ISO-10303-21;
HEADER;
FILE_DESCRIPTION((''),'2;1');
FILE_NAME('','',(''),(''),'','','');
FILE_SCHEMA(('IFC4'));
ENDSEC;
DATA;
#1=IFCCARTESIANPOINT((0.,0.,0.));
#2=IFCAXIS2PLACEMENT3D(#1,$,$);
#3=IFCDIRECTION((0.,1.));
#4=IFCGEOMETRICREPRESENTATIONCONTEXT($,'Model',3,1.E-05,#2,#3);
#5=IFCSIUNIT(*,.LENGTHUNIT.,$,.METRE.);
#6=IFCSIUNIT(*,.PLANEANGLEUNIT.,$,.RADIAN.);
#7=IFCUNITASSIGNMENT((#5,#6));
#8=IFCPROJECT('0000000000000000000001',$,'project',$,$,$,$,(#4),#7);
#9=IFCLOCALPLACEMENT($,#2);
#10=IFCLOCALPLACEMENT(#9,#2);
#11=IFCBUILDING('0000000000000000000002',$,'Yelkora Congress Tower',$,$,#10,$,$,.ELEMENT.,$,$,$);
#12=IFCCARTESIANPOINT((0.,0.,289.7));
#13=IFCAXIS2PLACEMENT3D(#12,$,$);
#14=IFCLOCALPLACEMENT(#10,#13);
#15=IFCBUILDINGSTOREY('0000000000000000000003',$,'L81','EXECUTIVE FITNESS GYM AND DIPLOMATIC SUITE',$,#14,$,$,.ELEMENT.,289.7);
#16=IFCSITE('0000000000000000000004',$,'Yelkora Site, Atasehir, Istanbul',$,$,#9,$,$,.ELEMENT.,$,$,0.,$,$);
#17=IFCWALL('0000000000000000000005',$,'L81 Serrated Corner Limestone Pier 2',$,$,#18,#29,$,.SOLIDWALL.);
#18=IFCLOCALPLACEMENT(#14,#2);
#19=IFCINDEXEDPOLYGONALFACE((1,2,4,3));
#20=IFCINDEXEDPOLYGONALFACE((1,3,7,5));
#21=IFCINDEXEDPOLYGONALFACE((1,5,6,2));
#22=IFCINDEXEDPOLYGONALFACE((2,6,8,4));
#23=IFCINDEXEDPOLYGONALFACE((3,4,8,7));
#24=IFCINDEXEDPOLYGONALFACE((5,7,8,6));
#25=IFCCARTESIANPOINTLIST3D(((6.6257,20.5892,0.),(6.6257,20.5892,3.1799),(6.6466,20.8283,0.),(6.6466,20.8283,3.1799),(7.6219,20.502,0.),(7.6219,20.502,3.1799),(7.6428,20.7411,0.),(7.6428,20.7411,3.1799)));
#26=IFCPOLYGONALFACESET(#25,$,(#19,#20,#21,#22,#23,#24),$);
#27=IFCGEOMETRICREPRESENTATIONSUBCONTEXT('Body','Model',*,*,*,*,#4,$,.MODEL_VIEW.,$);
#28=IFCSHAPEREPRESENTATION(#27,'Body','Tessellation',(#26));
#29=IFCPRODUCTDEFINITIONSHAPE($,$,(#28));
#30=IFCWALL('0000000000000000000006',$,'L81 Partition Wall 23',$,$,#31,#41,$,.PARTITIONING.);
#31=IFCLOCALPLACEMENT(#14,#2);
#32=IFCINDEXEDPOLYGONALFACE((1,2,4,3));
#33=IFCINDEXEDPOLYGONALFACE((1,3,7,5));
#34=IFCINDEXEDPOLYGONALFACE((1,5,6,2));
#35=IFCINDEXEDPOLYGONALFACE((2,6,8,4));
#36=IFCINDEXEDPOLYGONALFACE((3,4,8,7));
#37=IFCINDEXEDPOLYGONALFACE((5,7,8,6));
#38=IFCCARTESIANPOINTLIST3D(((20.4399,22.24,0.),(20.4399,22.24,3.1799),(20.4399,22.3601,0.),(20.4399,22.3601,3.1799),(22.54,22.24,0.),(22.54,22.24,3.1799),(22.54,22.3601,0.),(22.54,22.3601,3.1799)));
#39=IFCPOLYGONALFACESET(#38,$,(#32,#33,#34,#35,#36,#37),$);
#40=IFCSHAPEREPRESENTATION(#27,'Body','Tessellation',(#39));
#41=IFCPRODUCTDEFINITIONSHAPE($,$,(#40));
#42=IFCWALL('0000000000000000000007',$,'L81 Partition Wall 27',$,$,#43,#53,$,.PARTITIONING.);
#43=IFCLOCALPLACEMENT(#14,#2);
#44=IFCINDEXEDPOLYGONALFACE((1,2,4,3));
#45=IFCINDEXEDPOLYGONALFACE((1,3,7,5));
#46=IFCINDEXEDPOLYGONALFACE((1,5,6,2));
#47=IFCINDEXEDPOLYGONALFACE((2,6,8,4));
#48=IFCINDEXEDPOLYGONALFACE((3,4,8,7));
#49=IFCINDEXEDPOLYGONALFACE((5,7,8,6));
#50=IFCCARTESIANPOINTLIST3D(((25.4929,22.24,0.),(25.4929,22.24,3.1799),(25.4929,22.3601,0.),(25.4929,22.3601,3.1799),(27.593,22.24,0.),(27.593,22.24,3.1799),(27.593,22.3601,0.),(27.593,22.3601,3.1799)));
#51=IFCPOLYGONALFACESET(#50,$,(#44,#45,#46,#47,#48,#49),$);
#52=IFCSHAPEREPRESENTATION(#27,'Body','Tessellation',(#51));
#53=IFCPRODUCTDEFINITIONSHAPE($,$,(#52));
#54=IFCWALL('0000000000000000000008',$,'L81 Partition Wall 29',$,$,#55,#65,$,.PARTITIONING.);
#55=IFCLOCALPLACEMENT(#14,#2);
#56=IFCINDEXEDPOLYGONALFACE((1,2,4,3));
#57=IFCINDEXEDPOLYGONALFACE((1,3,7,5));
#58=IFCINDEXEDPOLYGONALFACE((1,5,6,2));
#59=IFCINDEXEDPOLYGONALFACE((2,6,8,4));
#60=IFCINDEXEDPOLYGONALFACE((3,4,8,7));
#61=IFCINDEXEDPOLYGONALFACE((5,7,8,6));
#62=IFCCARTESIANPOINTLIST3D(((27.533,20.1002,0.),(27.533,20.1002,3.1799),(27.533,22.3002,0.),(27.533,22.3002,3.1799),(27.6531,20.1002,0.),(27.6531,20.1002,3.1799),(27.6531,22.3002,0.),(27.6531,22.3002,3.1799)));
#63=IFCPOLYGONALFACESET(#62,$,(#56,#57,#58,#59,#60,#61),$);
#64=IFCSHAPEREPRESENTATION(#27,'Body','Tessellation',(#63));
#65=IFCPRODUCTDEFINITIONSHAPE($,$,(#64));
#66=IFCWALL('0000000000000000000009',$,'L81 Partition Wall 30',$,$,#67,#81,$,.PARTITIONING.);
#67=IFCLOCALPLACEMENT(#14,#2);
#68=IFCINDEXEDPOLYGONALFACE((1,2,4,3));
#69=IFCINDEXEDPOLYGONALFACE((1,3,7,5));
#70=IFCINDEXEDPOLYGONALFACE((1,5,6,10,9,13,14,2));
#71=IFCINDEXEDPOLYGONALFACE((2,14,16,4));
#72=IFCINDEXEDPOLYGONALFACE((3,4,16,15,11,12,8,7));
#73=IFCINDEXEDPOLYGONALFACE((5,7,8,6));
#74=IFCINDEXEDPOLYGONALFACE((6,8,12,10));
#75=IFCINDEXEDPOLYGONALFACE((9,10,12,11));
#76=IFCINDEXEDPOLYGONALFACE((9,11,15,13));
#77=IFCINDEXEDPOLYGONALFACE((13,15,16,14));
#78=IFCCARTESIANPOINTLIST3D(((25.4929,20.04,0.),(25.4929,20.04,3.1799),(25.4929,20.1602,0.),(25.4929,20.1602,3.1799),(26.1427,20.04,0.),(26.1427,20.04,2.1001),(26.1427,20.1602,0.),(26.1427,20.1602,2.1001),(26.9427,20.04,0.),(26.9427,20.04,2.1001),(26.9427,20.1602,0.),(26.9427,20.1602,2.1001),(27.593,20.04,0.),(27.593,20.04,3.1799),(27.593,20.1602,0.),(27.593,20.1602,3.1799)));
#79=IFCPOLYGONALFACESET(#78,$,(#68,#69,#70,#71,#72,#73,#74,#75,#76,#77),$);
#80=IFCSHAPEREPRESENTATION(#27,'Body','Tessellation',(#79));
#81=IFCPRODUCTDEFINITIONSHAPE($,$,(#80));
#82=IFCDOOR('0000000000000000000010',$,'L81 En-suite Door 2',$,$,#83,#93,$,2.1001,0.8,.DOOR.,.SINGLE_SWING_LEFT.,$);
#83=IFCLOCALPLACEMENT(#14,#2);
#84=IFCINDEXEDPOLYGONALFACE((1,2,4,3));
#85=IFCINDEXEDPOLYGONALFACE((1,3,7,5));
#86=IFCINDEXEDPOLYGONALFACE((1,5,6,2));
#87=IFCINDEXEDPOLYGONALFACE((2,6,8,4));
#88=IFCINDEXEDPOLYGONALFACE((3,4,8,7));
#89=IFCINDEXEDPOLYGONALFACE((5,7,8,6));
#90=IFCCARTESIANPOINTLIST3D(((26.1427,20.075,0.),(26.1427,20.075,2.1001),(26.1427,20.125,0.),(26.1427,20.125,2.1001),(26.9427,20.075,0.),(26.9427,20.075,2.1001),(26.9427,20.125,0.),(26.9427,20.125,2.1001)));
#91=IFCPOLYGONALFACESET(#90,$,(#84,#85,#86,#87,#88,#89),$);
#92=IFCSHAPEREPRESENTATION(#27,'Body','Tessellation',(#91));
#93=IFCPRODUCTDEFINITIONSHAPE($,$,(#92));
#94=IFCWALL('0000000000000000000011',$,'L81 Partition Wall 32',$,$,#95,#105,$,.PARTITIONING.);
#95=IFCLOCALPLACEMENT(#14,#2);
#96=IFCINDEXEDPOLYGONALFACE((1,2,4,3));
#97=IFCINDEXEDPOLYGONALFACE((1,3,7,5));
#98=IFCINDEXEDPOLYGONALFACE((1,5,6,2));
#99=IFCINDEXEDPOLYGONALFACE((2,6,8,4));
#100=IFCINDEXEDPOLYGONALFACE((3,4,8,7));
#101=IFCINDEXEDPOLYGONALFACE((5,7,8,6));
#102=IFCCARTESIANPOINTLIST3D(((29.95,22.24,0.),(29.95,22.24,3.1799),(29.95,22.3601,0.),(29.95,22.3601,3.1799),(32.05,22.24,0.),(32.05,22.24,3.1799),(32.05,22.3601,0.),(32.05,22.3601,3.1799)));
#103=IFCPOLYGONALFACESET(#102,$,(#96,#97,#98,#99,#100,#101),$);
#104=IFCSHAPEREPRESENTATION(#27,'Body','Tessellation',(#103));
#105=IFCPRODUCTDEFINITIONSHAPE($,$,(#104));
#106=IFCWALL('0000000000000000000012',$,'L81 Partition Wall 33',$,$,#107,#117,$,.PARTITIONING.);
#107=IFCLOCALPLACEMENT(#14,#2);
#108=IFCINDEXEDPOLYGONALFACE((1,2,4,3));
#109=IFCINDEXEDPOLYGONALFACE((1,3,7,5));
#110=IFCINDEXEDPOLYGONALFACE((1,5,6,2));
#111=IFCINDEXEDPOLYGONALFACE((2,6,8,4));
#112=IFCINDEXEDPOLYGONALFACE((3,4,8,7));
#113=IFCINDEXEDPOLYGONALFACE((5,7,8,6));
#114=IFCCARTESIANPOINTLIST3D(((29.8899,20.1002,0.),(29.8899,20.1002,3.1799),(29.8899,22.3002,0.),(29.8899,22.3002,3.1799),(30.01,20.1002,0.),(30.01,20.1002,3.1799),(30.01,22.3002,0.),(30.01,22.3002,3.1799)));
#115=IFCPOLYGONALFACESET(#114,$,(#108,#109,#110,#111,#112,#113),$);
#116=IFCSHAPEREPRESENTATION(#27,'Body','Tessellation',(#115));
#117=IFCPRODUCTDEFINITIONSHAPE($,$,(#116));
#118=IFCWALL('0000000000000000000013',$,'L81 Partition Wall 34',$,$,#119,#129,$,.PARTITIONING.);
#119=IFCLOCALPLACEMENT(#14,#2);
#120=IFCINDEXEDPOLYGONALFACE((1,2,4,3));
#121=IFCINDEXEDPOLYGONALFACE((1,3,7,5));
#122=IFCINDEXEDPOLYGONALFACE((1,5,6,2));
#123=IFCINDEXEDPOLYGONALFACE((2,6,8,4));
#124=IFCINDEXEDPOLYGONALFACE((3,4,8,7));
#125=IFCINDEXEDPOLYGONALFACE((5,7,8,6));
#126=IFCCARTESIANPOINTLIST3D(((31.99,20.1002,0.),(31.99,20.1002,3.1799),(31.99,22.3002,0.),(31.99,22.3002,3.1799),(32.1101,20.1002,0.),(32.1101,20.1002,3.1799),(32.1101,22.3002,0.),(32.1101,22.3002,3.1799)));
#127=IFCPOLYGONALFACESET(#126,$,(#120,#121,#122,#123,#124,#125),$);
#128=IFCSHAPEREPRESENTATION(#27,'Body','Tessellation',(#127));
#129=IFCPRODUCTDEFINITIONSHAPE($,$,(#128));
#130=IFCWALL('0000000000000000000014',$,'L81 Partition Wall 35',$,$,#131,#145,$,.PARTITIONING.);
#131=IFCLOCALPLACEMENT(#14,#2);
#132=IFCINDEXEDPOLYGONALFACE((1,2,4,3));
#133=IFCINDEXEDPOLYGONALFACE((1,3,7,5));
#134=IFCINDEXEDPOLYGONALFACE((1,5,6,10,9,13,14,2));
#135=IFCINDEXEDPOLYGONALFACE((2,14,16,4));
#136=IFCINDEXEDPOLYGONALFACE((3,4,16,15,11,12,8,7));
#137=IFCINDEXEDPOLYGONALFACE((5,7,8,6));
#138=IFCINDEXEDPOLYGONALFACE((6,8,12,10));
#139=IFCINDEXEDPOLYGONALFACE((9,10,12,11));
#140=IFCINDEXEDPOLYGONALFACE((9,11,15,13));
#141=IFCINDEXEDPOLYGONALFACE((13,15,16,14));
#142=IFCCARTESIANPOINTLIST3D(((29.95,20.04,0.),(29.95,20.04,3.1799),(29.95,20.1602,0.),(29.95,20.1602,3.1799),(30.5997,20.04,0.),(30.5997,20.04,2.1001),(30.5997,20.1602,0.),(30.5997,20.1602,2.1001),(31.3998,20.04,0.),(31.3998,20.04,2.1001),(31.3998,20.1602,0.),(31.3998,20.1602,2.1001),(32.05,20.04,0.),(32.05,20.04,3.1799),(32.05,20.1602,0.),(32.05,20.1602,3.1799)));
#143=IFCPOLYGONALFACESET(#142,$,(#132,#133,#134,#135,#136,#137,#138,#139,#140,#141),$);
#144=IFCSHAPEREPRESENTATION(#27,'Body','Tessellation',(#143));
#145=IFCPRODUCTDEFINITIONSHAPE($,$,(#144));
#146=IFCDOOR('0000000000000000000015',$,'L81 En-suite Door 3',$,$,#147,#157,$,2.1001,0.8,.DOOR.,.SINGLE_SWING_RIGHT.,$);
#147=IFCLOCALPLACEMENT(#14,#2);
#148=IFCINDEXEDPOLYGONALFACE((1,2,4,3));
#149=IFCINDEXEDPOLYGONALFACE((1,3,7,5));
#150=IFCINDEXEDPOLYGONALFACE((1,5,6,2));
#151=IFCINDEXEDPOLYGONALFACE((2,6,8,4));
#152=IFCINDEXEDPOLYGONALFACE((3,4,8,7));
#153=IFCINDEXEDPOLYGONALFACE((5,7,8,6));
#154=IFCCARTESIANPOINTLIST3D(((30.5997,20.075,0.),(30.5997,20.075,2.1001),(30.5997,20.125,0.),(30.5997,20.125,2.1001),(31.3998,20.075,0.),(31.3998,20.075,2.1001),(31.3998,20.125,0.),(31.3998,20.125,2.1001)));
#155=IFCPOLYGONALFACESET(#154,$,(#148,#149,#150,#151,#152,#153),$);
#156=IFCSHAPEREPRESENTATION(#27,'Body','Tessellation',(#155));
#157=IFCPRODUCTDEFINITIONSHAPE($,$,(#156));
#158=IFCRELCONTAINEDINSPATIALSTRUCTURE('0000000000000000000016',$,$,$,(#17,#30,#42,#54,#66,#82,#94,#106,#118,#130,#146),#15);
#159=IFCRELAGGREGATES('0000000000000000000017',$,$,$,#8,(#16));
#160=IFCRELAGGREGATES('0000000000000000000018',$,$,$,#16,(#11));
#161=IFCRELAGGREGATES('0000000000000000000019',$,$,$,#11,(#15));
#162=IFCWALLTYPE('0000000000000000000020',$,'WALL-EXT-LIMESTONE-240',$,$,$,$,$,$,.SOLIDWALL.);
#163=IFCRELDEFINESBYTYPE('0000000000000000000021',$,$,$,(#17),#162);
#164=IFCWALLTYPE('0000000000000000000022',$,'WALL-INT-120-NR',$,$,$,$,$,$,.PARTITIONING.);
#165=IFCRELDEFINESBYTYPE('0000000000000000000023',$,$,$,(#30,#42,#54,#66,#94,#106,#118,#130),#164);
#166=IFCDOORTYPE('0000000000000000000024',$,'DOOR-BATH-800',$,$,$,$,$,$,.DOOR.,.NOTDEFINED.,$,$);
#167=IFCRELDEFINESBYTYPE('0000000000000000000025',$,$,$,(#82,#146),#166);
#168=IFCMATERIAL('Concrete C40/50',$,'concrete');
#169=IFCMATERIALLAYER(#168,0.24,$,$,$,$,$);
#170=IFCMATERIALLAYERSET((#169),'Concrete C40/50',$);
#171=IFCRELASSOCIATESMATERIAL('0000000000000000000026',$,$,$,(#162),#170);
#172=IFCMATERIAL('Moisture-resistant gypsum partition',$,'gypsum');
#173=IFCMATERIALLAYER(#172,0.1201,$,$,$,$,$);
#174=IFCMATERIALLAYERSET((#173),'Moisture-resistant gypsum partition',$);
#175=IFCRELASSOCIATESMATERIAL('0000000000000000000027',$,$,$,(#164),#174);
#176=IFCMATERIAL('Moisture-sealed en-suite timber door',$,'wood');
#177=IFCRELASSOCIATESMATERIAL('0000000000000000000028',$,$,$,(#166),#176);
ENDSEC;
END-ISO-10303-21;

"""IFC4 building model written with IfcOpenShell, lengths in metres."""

from ifc_helpers import new_model, si_unit, direction, frame, frame_2d, origin, place, context, subcontext, project, spatial, rectangle, extrude, material, layer, layer_set, type_object, element, fill, save


model = new_model("IFC4")

# Units and contexts
model_context = context("Model", 3, precision=1e-05, world=origin(), true_north=direction((0.0, 1.0)))
body_context = subcontext(model_context, "Body", "Model", "MODEL_VIEW")
ifc_project = project(units=[si_unit("LENGTHUNIT", "METRE"), si_unit("PLANEANGLEUNIT", "RADIAN")], contexts=[model_context])

# Site, building, storey
site_placement = place(None, origin())
site = spatial("IfcSite", under=ifc_project, at=site_placement, Name="Yelkora Site, Atasehir, Istanbul", CompositionType="ELEMENT", RefElevation=0.0)
building_placement = place(site_placement, origin())
building = spatial("IfcBuilding", under=site, at=building_placement, Name="Yelkora Congress Tower", CompositionType="ELEMENT")
storey_placement = place(building_placement, frame((0.0, 0.0, 289.7)))
storey = spatial("IfcBuildingStorey", under=building, at=storey_placement, Name="L81", Description="EXECUTIVE FITNESS GYM AND DIPLOMATIC SUITE", CompositionType="ELEMENT", Elevation=289.7)

# Walls
ifc_material_1 = material(Name="Concrete C40/50", Category="concrete")
ifc_layer_1 = layer(ifc_material_1, 0.24)
ifc_layer_set_1 = layer_set([ifc_layer_1], Name="Concrete C40/50")
wall_type_1 = type_object("IfcWallType", Name="WALL-EXT-LIMESTONE-240", PredefinedType="SOLIDWALL", material=ifc_layer_set_1)
wall_1_placement = place(storey_placement, frame((7.6323, 20.6216, 0.0), z_axis=(0.0, 0.0, 1.0), x_axis=(-0.996194, 0.087167, 0.0)))
element("IfcWall", 1, at=wall_1_placement, inside=storey, type_object=wall_type_1, Name="L81 Serrated Corner Limestone Pier 2", PredefinedType="SOLIDWALL", context=body_context, shape_type="SweptSolid", body=[
    extrude(rectangle(XDim=1.0, YDim=0.24, at=frame_2d((0.5, 0.0))), origin(), (0.0, 0.0, 1.0), 3.1799),
])
ifc_material_2 = material(Name="Moisture-resistant gypsum partition", Category="gypsum")
ifc_layer_2 = layer(ifc_material_2, 0.1201)
ifc_layer_set_2 = layer_set([ifc_layer_2], Name="Moisture-resistant gypsum partition")
wall_type_2 = type_object("IfcWallType", Name="WALL-INT-120-NR", PredefinedType="PARTITIONING", material=ifc_layer_set_2)
for number, where, z_axis, x_axis, name in (
    (2, (20.4399, 22.3, 0.0), (0.0, 0.0, 1.0), (1.0, 0.0, 0.0), "L81 Partition Wall 23"),
    (3, (25.4929, 22.3, 0.0), (0.0, 0.0, 1.0), (1.0, 0.0, 0.0), "L81 Partition Wall 27"),
):
    element("IfcWall", number, at=place(storey_placement, frame(where, z_axis=z_axis, x_axis=x_axis)), inside=storey, type_object=wall_type_2, Name=name, PredefinedType="PARTITIONING", context=body_context, shape_type="SweptSolid", body=[
        extrude(rectangle(XDim=2.1001, YDim=0.1201, at=frame_2d((1.05, 0.0))), origin(), (0.0, 0.0, 1.0), 3.1799),
    ])
wall_2_placement = place(storey_placement, frame((27.593, 20.1001, 0.0), z_axis=(0.0, 0.0, 1.0), x_axis=(0.0, 1.0, 0.0)))
element("IfcWall", 4, at=wall_2_placement, inside=storey, type_object=wall_type_2, Name="L81 Partition Wall 29", PredefinedType="PARTITIONING", context=body_context, shape_type="SweptSolid", body=[
    extrude(rectangle(XDim=2.2, YDim=0.1201, at=frame_2d((1.1001, 0.0))), origin(), (0.0, 0.0, 1.0), 3.1799),
])

# Wall, opening, door
wall_3_placement = place(storey_placement, frame((25.4929, 20.1001, 0.0), z_axis=(0.0, 0.0, 1.0), x_axis=(1.0, 0.0, 0.0)))
wall_3 = element("IfcWall", 5, at=wall_3_placement, inside=storey, type_object=wall_type_2, Name="L81 Partition Wall 30", PredefinedType="PARTITIONING", context=body_context, shape_type="SweptSolid", body=[
    extrude(rectangle(XDim=2.1001, YDim=0.1201, at=frame_2d((1.05, 0.0))), origin(), (0.0, 0.0, 1.0), 3.1799),
])
opening_1_placement = place(wall_3_placement, frame((0.6499, 0.0, 0.0)))
opening_1 = element("IfcOpeningElement", 6, at=opening_1_placement, cuts=wall_3, PredefinedType="OPENING", context=body_context, shape_type="SweptSolid", body=[
    extrude(rectangle(XDim=0.8, YDim=2.1001, at=frame_2d((0.3999, 1.05))), frame((0.0, 0.0701, 0.0), z_axis=(0.0, -1.0, 0.0), x_axis=(1.0, 0.0, 0.0)), (0.0, 0.0, 1.0), 0.1401),
])
ifc_material_3 = material(Name="Moisture-sealed en-suite timber door", Category="wood")
door_type_1 = type_object("IfcDoorType", Name="DOOR-BATH-800", OperationType="NOTDEFINED", PredefinedType="DOOR", material=ifc_material_3)
door_1_placement = place(opening_1_placement, origin())
door_1 = element("IfcDoor", 7, at=door_1_placement, inside=storey, type_object=door_type_1, Name="L81 En-suite Door 2", OperationType="SINGLE_SWING_LEFT", OverallHeight=2.1001, OverallWidth=0.8, PredefinedType="DOOR", context=body_context, shape_type="SweptSolid", body=[
    extrude(rectangle(XDim=0.8, YDim=2.1001, at=frame_2d((0.3999, 1.05))), frame((0.0, 0.0249, 0.0), z_axis=(0.0, -1.0, 0.0), x_axis=(1.0, 0.0, 0.0)), (0.0, 0.0, 1.0), 0.05),
])
fill(opening_1, door_1)

# Walls
wall_4_placement = place(storey_placement, frame((29.95, 22.3, 0.0), z_axis=(0.0, 0.0, 1.0), x_axis=(1.0, 0.0, 0.0)))
element("IfcWall", 8, at=wall_4_placement, inside=storey, type_object=wall_type_2, Name="L81 Partition Wall 32", PredefinedType="PARTITIONING", context=body_context, shape_type="SweptSolid", body=[
    extrude(rectangle(XDim=2.1001, YDim=0.1201, at=frame_2d((1.05, 0.0))), origin(), (0.0, 0.0, 1.0), 3.1799),
])
for number, where, z_axis, x_axis, name in (
    (9, (29.95, 20.1001, 0.0), (0.0, 0.0, 1.0), (0.0, 1.0, 0.0), "L81 Partition Wall 33"),
    (10, (32.05, 20.1001, 0.0), (0.0, 0.0, 1.0), (0.0, 1.0, 0.0), "L81 Partition Wall 34"),
):
    element("IfcWall", number, at=place(storey_placement, frame(where, z_axis=z_axis, x_axis=x_axis)), inside=storey, type_object=wall_type_2, Name=name, PredefinedType="PARTITIONING", context=body_context, shape_type="SweptSolid", body=[
        extrude(rectangle(XDim=2.2, YDim=0.1201, at=frame_2d((1.1001, 0.0))), origin(), (0.0, 0.0, 1.0), 3.1799),
    ])

# Wall, opening, door
wall_5_placement = place(storey_placement, frame((29.95, 20.1001, 0.0), z_axis=(0.0, 0.0, 1.0), x_axis=(1.0, 0.0, 0.0)))
wall_5 = element("IfcWall", 11, at=wall_5_placement, inside=storey, type_object=wall_type_2, Name="L81 Partition Wall 35", PredefinedType="PARTITIONING", context=body_context, shape_type="SweptSolid", body=[
    extrude(rectangle(XDim=2.1001, YDim=0.1201, at=frame_2d((1.05, 0.0))), origin(), (0.0, 0.0, 1.0), 3.1799),
])
opening_2_placement = place(wall_5_placement, frame((0.6499, 0.0, 0.0)))
opening_2 = element("IfcOpeningElement", 12, at=opening_2_placement, cuts=wall_5, PredefinedType="OPENING", context=body_context, shape_type="SweptSolid", body=[
    extrude(rectangle(XDim=0.8, YDim=2.1001, at=frame_2d((0.3999, 1.05))), frame((0.0, 0.0701, 0.0), z_axis=(0.0, -1.0, 0.0), x_axis=(1.0, 0.0, 0.0)), (0.0, 0.0, 1.0), 0.1401),
])
door_2_placement = place(opening_2_placement, origin())
door_2 = element("IfcDoor", 13, at=door_2_placement, inside=storey, type_object=door_type_1, Name="L81 En-suite Door 3", OperationType="SINGLE_SWING_RIGHT", OverallHeight=2.1001, OverallWidth=0.8, PredefinedType="DOOR", context=body_context, shape_type="SweptSolid", body=[
    extrude(rectangle(XDim=0.8, YDim=2.1001, at=frame_2d((0.3999, 1.05))), frame((0.0, 0.0249, 0.0), z_axis=(0.0, -1.0, 0.0), x_axis=(1.0, 0.0, 0.0)), (0.0, 0.0, 1.0), 0.05),
])
fill(opening_2, door_2)

save(model, "model.ifc")
